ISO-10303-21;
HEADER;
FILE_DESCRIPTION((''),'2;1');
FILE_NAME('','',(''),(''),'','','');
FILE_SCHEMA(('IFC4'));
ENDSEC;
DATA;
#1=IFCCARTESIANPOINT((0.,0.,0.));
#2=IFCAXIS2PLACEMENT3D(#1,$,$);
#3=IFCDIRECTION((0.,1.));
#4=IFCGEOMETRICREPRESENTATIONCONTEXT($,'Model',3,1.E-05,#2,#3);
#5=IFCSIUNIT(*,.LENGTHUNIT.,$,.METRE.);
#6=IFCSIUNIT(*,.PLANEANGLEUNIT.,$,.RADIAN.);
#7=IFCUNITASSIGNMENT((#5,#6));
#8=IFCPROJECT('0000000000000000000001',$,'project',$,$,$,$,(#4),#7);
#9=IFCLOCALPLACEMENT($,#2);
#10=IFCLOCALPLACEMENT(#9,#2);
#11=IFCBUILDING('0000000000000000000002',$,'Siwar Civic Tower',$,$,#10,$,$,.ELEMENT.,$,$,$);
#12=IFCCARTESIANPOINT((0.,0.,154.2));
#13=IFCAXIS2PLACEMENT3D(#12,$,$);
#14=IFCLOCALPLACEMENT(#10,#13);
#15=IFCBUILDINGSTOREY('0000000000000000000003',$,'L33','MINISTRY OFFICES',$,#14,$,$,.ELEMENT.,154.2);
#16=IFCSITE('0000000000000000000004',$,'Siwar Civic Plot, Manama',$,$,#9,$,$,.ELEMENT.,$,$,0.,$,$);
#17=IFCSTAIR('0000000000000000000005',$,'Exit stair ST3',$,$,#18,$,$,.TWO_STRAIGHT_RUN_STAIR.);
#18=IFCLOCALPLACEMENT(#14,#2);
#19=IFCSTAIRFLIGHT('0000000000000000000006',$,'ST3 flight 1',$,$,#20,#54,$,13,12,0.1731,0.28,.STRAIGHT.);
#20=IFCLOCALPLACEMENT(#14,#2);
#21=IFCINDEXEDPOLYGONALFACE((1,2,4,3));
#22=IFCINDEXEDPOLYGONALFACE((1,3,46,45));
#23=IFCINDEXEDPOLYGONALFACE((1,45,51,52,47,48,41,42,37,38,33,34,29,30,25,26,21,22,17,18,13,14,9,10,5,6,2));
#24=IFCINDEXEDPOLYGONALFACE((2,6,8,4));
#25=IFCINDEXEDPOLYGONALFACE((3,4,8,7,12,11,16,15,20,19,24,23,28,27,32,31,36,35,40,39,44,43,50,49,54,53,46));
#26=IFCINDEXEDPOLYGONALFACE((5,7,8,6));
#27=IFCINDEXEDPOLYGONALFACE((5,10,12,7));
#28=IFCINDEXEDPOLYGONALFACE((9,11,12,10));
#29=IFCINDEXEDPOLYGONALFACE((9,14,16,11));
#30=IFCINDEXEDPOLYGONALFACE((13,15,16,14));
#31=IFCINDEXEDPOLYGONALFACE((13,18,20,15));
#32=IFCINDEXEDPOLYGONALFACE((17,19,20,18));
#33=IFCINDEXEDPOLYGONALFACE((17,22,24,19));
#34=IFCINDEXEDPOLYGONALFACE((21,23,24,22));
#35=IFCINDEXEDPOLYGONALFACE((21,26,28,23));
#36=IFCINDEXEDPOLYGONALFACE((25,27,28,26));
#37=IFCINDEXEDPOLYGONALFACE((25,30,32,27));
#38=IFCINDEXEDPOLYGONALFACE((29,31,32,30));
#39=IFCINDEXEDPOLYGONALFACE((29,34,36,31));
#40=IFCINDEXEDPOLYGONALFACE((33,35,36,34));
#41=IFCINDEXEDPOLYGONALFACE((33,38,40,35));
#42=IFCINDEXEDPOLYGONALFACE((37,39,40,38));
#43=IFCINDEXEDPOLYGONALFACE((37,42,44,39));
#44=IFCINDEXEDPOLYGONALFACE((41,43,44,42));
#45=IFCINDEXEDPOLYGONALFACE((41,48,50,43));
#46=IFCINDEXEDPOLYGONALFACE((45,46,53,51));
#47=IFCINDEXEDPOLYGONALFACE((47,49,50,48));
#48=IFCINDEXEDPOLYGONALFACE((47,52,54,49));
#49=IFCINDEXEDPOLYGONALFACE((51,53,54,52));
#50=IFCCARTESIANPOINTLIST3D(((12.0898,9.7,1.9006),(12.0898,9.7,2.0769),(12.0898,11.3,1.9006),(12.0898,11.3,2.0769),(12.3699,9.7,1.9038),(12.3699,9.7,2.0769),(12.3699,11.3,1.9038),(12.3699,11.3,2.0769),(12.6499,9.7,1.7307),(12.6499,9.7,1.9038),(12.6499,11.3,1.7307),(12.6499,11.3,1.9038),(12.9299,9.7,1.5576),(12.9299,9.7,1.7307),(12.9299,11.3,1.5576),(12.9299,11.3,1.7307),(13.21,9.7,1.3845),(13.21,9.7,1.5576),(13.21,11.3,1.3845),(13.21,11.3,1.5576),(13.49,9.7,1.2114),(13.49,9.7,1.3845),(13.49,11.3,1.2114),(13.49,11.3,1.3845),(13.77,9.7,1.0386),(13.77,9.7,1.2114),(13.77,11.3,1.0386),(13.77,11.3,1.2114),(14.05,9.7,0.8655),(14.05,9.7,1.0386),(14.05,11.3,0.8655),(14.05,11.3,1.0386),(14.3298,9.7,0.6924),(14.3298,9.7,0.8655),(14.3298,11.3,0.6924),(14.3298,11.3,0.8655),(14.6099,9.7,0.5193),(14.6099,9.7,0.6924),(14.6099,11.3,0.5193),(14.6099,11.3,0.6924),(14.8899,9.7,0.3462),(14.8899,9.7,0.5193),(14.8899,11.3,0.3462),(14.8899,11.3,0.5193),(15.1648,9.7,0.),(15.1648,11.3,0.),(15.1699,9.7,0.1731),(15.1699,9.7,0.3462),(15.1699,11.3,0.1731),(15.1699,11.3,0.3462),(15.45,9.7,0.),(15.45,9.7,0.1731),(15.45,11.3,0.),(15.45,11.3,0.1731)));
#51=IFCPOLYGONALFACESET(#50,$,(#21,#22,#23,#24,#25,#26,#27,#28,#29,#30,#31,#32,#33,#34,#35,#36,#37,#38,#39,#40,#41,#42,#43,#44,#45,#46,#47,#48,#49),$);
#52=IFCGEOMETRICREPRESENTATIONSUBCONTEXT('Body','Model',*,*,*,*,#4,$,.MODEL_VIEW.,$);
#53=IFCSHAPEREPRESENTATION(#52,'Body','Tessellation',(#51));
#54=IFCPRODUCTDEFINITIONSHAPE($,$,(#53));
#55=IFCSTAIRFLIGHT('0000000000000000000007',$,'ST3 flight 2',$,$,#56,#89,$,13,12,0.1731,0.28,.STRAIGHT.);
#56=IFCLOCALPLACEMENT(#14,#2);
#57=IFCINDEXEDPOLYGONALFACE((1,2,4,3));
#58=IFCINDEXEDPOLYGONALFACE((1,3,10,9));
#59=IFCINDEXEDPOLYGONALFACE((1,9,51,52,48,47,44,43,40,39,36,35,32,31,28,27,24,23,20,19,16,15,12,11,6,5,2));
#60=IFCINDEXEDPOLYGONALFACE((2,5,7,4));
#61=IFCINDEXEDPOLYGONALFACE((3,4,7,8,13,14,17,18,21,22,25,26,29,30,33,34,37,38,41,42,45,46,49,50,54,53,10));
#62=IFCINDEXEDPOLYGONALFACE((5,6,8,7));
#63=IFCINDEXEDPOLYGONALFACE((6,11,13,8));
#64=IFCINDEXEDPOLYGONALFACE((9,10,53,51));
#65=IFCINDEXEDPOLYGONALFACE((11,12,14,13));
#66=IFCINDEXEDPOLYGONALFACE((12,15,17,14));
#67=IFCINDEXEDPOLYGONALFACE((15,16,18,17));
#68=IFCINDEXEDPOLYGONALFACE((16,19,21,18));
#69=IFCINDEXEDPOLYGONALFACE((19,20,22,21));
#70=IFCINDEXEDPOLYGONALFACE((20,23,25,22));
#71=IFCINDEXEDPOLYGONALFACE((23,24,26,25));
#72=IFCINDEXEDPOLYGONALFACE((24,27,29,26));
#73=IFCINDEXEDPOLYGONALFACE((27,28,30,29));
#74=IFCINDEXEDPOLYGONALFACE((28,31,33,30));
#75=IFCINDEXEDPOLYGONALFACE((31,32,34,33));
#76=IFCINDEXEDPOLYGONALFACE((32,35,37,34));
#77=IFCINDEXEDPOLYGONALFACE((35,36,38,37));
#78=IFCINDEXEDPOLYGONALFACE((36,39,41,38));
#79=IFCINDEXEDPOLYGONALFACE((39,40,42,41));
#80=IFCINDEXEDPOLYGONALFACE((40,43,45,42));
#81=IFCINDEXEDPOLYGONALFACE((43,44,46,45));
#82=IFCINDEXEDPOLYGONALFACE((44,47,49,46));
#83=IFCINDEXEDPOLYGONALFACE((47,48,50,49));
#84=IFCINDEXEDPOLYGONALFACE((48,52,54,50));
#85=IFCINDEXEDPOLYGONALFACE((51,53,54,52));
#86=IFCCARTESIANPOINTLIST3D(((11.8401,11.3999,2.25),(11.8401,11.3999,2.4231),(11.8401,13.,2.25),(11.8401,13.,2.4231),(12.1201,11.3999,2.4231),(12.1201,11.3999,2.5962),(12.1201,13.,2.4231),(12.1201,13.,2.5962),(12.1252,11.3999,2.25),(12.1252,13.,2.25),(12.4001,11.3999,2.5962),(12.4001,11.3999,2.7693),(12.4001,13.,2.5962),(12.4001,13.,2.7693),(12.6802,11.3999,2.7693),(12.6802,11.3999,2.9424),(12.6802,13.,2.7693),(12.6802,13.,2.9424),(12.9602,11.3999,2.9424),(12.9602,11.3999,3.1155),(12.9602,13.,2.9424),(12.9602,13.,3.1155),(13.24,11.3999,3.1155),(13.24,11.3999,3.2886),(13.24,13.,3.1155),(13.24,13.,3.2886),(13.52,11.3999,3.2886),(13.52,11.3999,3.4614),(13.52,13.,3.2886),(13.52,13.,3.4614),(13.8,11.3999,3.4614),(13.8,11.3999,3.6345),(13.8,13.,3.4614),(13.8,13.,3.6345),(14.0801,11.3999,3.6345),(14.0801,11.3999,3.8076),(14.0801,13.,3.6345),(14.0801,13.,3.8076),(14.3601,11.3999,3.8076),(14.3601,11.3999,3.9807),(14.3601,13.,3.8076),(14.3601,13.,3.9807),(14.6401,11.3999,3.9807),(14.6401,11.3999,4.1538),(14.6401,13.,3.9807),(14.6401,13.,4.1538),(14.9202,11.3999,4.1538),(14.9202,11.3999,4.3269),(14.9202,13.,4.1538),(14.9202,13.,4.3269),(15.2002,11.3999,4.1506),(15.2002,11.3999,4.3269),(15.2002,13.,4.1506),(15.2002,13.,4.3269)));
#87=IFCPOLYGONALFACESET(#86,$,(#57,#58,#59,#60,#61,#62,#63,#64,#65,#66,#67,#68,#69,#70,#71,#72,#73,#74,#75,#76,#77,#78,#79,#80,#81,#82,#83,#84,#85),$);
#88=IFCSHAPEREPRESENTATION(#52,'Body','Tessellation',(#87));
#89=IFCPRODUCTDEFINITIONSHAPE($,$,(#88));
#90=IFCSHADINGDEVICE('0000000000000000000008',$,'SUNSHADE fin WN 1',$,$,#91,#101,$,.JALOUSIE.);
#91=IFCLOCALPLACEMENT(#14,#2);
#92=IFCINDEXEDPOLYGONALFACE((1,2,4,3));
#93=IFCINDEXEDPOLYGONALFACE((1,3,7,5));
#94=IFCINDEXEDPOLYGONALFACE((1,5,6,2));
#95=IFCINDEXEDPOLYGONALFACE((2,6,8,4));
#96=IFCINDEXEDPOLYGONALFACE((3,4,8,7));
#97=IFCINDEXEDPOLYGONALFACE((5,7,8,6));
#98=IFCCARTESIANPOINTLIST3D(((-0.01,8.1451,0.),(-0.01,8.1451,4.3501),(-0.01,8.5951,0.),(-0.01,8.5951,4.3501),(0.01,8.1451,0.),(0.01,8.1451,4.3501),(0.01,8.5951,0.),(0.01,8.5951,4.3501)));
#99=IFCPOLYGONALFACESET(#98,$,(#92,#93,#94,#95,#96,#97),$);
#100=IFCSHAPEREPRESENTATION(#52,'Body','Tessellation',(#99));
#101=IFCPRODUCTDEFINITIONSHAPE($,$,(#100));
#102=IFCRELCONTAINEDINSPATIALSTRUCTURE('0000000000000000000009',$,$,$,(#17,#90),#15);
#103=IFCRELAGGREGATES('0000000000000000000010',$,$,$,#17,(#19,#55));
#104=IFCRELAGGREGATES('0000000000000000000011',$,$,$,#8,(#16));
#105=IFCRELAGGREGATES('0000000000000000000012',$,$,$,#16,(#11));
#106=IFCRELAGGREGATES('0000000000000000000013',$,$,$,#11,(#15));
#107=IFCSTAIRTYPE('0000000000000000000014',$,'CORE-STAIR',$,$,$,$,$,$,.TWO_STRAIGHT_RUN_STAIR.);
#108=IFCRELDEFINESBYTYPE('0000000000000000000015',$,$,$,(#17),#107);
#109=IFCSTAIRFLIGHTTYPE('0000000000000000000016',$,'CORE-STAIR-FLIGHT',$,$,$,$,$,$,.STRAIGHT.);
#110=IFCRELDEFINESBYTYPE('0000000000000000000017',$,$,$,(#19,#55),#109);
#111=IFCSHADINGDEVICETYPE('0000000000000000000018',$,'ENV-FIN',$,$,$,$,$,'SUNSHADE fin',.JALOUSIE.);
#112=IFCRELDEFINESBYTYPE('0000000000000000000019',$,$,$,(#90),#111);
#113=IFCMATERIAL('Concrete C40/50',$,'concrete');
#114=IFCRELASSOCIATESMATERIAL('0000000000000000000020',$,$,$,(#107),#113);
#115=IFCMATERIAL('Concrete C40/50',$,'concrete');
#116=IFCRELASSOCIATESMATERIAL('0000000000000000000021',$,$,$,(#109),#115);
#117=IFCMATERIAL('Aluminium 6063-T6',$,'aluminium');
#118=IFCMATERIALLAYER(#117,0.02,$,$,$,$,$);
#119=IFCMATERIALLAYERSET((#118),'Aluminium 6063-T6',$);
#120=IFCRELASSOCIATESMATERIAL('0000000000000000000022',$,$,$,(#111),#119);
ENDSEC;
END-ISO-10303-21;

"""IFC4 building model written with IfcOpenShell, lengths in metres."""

from ifc_helpers import new_model, si_unit, direction, frame, origin, origin_2d, place, context, subcontext, project, spatial, polyline, rectangle, outline, extrude, material, layer, layer_set, type_object, element, aggregate, save


model = new_model("IFC4")

# Units and contexts
model_context = context("Model", 3, precision=1e-05, world=origin(), true_north=direction((0.0, 1.0)))
body_context = subcontext(model_context, "Body", "Model", "MODEL_VIEW")
ifc_project = project(units=[si_unit("LENGTHUNIT", "METRE"), si_unit("PLANEANGLEUNIT", "RADIAN")], contexts=[model_context])

# Site, building, storey
site_placement = place(None, origin())
site = spatial("IfcSite", under=ifc_project, at=site_placement, Name="Siwar Civic Plot, Manama", CompositionType="ELEMENT", RefElevation=0.0)
building_placement = place(site_placement, origin())
building = spatial("IfcBuilding", under=site, at=building_placement, Name="Siwar Civic Tower", CompositionType="ELEMENT")
storey_placement = place(building_placement, frame((0.0, 0.0, 154.2)))
storey = spatial("IfcBuildingStorey", under=building, at=storey_placement, Name="L33", Description="MINISTRY OFFICES", CompositionType="ELEMENT", Elevation=154.2)

# Stair, stair flights
ifc_material_1 = material(Name="Concrete C40/50", Category="concrete")
stair_type = type_object("IfcStairType", Name="CORE-STAIR", PredefinedType="TWO_STRAIGHT_RUN_STAIR", material=ifc_material_1)
stair_placement = place(storey_placement, origin())
stair = element("IfcStair", 1, at=stair_placement, inside=storey, type_object=stair_type, Name="Exit stair ST3", PredefinedType="TWO_STRAIGHT_RUN_STAIR")
ifc_material_2 = material(Name="Concrete C40/50", Category="concrete")
stair_flight_type = type_object("IfcStairFlightType", Name="CORE-STAIR-FLIGHT", PredefinedType="STRAIGHT", material=ifc_material_2)
stair_flight_1_placement = place(storey_placement, frame((15.45, 10.5, 0.0), z_axis=(0.0, 0.0, 1.0), x_axis=(-1.0, 0.0, 0.0)))
stair_flight_1 = element("IfcStairFlight", 2, at=stair_flight_1_placement, type_object=stair_flight_type, Name="ST3 flight 1", NumberOfRisers=13, NumberOfTreads=12, PredefinedType="STRAIGHT", RiserHeight=0.1731, TreadLength=0.28, context=body_context, shape_type="SweptSolid", body=[
    extrude(outline(polyline([(0.0, 0.0), (0.0, 0.1731), (0.28, 0.1731), (0.28, 0.3462), (0.5601, 0.3462), (0.5601, 0.5193), (0.8401, 0.5193), (0.8401, 0.6924), (1.1201, 0.6924), (1.1201, 0.8655), (1.3999, 0.8655), (1.3999, 1.0386), (1.6799, 1.0386), (1.6799, 1.2114), (1.96, 1.2114), (1.96, 1.3845), (2.24, 1.3845), (2.24, 1.5576), (2.52, 1.5576), (2.52, 1.7307), (2.8, 1.7307), (2.8, 1.9038), (3.0801, 1.9038), (3.0801, 2.0769), (3.3601, 2.0769), (3.3601, 2.25), (3.3601, 1.9006), (0.2852, 0.0), (0.0, 0.0)])), frame((0.0, 0.8, 0.0), z_axis=(0.0, -1.0, 0.0), x_axis=(1.0, 0.0, 0.0)), (0.0, 0.0, 1.0), 1.6001),
])
stair_flight_2_placement = place(storey_placement, frame((11.8401, 12.2, 2.25), z_axis=(0.0, 0.0, 1.0), x_axis=(1.0, 0.0, 0.0)))
stair_flight_2 = element("IfcStairFlight", 3, at=stair_flight_2_placement, type_object=stair_flight_type, Name="ST3 flight 2", NumberOfRisers=13, NumberOfTreads=12, PredefinedType="STRAIGHT", RiserHeight=0.1731, TreadLength=0.28, context=body_context, shape_type="SweptSolid", body=[
    extrude(outline(polyline([(0.0, 0.0), (0.0, 0.1731), (0.28, 0.1731), (0.28, 0.3462), (0.5601, 0.3462), (0.5601, 0.5193), (0.8401, 0.5193), (0.8401, 0.6924), (1.1201, 0.6924), (1.1201, 0.8655), (1.3999, 0.8655), (1.3999, 1.0386), (1.6799, 1.0386), (1.6799, 1.2114), (1.96, 1.2114), (1.96, 1.3845), (2.24, 1.3845), (2.24, 1.5576), (2.52, 1.5576), (2.52, 1.7307), (2.8, 1.7307), (2.8, 1.9038), (3.0801, 1.9038), (3.0801, 2.0769), (3.3601, 2.0769), (3.3601, 2.25), (3.3601, 1.9006), (0.2852, 0.0), (0.0, 0.0)])), frame((0.0, 0.8, 0.0), z_axis=(0.0, -1.0, 0.0), x_axis=(1.0, 0.0, 0.0)), (0.0, 0.0, 1.0), 1.6001),
])
aggregate(stair, [stair_flight_1, stair_flight_2])

# Shading device
ifc_material_3 = material(Name="Aluminium 6063-T6", Category="aluminium")
ifc_layer_1 = layer(ifc_material_3, 0.02)
ifc_layer_set_1 = layer_set([ifc_layer_1], Name="Aluminium 6063-T6")
shading_device_type = type_object("IfcShadingDeviceType", Name="ENV-FIN", ElementType="SUNSHADE fin", PredefinedType="JALOUSIE", material=ifc_layer_set_1)
shading_device_placement = place(storey_placement, frame((0.0, 8.3701, 0.0), z_axis=(0.0, 0.0, 1.0), x_axis=(-1.0, 0.0, 0.0)))
element("IfcShadingDevice", 4, at=shading_device_placement, inside=storey, type_object=shading_device_type, Name="SUNSHADE fin WN 1", PredefinedType="JALOUSIE", context=body_context, shape_type="SweptSolid", body=[
    extrude(rectangle(XDim=0.02, YDim=0.45, at=origin_2d()), origin(), (0.0, 0.0, 1.0), 4.3501),
])

save(model, "model.ifc")
